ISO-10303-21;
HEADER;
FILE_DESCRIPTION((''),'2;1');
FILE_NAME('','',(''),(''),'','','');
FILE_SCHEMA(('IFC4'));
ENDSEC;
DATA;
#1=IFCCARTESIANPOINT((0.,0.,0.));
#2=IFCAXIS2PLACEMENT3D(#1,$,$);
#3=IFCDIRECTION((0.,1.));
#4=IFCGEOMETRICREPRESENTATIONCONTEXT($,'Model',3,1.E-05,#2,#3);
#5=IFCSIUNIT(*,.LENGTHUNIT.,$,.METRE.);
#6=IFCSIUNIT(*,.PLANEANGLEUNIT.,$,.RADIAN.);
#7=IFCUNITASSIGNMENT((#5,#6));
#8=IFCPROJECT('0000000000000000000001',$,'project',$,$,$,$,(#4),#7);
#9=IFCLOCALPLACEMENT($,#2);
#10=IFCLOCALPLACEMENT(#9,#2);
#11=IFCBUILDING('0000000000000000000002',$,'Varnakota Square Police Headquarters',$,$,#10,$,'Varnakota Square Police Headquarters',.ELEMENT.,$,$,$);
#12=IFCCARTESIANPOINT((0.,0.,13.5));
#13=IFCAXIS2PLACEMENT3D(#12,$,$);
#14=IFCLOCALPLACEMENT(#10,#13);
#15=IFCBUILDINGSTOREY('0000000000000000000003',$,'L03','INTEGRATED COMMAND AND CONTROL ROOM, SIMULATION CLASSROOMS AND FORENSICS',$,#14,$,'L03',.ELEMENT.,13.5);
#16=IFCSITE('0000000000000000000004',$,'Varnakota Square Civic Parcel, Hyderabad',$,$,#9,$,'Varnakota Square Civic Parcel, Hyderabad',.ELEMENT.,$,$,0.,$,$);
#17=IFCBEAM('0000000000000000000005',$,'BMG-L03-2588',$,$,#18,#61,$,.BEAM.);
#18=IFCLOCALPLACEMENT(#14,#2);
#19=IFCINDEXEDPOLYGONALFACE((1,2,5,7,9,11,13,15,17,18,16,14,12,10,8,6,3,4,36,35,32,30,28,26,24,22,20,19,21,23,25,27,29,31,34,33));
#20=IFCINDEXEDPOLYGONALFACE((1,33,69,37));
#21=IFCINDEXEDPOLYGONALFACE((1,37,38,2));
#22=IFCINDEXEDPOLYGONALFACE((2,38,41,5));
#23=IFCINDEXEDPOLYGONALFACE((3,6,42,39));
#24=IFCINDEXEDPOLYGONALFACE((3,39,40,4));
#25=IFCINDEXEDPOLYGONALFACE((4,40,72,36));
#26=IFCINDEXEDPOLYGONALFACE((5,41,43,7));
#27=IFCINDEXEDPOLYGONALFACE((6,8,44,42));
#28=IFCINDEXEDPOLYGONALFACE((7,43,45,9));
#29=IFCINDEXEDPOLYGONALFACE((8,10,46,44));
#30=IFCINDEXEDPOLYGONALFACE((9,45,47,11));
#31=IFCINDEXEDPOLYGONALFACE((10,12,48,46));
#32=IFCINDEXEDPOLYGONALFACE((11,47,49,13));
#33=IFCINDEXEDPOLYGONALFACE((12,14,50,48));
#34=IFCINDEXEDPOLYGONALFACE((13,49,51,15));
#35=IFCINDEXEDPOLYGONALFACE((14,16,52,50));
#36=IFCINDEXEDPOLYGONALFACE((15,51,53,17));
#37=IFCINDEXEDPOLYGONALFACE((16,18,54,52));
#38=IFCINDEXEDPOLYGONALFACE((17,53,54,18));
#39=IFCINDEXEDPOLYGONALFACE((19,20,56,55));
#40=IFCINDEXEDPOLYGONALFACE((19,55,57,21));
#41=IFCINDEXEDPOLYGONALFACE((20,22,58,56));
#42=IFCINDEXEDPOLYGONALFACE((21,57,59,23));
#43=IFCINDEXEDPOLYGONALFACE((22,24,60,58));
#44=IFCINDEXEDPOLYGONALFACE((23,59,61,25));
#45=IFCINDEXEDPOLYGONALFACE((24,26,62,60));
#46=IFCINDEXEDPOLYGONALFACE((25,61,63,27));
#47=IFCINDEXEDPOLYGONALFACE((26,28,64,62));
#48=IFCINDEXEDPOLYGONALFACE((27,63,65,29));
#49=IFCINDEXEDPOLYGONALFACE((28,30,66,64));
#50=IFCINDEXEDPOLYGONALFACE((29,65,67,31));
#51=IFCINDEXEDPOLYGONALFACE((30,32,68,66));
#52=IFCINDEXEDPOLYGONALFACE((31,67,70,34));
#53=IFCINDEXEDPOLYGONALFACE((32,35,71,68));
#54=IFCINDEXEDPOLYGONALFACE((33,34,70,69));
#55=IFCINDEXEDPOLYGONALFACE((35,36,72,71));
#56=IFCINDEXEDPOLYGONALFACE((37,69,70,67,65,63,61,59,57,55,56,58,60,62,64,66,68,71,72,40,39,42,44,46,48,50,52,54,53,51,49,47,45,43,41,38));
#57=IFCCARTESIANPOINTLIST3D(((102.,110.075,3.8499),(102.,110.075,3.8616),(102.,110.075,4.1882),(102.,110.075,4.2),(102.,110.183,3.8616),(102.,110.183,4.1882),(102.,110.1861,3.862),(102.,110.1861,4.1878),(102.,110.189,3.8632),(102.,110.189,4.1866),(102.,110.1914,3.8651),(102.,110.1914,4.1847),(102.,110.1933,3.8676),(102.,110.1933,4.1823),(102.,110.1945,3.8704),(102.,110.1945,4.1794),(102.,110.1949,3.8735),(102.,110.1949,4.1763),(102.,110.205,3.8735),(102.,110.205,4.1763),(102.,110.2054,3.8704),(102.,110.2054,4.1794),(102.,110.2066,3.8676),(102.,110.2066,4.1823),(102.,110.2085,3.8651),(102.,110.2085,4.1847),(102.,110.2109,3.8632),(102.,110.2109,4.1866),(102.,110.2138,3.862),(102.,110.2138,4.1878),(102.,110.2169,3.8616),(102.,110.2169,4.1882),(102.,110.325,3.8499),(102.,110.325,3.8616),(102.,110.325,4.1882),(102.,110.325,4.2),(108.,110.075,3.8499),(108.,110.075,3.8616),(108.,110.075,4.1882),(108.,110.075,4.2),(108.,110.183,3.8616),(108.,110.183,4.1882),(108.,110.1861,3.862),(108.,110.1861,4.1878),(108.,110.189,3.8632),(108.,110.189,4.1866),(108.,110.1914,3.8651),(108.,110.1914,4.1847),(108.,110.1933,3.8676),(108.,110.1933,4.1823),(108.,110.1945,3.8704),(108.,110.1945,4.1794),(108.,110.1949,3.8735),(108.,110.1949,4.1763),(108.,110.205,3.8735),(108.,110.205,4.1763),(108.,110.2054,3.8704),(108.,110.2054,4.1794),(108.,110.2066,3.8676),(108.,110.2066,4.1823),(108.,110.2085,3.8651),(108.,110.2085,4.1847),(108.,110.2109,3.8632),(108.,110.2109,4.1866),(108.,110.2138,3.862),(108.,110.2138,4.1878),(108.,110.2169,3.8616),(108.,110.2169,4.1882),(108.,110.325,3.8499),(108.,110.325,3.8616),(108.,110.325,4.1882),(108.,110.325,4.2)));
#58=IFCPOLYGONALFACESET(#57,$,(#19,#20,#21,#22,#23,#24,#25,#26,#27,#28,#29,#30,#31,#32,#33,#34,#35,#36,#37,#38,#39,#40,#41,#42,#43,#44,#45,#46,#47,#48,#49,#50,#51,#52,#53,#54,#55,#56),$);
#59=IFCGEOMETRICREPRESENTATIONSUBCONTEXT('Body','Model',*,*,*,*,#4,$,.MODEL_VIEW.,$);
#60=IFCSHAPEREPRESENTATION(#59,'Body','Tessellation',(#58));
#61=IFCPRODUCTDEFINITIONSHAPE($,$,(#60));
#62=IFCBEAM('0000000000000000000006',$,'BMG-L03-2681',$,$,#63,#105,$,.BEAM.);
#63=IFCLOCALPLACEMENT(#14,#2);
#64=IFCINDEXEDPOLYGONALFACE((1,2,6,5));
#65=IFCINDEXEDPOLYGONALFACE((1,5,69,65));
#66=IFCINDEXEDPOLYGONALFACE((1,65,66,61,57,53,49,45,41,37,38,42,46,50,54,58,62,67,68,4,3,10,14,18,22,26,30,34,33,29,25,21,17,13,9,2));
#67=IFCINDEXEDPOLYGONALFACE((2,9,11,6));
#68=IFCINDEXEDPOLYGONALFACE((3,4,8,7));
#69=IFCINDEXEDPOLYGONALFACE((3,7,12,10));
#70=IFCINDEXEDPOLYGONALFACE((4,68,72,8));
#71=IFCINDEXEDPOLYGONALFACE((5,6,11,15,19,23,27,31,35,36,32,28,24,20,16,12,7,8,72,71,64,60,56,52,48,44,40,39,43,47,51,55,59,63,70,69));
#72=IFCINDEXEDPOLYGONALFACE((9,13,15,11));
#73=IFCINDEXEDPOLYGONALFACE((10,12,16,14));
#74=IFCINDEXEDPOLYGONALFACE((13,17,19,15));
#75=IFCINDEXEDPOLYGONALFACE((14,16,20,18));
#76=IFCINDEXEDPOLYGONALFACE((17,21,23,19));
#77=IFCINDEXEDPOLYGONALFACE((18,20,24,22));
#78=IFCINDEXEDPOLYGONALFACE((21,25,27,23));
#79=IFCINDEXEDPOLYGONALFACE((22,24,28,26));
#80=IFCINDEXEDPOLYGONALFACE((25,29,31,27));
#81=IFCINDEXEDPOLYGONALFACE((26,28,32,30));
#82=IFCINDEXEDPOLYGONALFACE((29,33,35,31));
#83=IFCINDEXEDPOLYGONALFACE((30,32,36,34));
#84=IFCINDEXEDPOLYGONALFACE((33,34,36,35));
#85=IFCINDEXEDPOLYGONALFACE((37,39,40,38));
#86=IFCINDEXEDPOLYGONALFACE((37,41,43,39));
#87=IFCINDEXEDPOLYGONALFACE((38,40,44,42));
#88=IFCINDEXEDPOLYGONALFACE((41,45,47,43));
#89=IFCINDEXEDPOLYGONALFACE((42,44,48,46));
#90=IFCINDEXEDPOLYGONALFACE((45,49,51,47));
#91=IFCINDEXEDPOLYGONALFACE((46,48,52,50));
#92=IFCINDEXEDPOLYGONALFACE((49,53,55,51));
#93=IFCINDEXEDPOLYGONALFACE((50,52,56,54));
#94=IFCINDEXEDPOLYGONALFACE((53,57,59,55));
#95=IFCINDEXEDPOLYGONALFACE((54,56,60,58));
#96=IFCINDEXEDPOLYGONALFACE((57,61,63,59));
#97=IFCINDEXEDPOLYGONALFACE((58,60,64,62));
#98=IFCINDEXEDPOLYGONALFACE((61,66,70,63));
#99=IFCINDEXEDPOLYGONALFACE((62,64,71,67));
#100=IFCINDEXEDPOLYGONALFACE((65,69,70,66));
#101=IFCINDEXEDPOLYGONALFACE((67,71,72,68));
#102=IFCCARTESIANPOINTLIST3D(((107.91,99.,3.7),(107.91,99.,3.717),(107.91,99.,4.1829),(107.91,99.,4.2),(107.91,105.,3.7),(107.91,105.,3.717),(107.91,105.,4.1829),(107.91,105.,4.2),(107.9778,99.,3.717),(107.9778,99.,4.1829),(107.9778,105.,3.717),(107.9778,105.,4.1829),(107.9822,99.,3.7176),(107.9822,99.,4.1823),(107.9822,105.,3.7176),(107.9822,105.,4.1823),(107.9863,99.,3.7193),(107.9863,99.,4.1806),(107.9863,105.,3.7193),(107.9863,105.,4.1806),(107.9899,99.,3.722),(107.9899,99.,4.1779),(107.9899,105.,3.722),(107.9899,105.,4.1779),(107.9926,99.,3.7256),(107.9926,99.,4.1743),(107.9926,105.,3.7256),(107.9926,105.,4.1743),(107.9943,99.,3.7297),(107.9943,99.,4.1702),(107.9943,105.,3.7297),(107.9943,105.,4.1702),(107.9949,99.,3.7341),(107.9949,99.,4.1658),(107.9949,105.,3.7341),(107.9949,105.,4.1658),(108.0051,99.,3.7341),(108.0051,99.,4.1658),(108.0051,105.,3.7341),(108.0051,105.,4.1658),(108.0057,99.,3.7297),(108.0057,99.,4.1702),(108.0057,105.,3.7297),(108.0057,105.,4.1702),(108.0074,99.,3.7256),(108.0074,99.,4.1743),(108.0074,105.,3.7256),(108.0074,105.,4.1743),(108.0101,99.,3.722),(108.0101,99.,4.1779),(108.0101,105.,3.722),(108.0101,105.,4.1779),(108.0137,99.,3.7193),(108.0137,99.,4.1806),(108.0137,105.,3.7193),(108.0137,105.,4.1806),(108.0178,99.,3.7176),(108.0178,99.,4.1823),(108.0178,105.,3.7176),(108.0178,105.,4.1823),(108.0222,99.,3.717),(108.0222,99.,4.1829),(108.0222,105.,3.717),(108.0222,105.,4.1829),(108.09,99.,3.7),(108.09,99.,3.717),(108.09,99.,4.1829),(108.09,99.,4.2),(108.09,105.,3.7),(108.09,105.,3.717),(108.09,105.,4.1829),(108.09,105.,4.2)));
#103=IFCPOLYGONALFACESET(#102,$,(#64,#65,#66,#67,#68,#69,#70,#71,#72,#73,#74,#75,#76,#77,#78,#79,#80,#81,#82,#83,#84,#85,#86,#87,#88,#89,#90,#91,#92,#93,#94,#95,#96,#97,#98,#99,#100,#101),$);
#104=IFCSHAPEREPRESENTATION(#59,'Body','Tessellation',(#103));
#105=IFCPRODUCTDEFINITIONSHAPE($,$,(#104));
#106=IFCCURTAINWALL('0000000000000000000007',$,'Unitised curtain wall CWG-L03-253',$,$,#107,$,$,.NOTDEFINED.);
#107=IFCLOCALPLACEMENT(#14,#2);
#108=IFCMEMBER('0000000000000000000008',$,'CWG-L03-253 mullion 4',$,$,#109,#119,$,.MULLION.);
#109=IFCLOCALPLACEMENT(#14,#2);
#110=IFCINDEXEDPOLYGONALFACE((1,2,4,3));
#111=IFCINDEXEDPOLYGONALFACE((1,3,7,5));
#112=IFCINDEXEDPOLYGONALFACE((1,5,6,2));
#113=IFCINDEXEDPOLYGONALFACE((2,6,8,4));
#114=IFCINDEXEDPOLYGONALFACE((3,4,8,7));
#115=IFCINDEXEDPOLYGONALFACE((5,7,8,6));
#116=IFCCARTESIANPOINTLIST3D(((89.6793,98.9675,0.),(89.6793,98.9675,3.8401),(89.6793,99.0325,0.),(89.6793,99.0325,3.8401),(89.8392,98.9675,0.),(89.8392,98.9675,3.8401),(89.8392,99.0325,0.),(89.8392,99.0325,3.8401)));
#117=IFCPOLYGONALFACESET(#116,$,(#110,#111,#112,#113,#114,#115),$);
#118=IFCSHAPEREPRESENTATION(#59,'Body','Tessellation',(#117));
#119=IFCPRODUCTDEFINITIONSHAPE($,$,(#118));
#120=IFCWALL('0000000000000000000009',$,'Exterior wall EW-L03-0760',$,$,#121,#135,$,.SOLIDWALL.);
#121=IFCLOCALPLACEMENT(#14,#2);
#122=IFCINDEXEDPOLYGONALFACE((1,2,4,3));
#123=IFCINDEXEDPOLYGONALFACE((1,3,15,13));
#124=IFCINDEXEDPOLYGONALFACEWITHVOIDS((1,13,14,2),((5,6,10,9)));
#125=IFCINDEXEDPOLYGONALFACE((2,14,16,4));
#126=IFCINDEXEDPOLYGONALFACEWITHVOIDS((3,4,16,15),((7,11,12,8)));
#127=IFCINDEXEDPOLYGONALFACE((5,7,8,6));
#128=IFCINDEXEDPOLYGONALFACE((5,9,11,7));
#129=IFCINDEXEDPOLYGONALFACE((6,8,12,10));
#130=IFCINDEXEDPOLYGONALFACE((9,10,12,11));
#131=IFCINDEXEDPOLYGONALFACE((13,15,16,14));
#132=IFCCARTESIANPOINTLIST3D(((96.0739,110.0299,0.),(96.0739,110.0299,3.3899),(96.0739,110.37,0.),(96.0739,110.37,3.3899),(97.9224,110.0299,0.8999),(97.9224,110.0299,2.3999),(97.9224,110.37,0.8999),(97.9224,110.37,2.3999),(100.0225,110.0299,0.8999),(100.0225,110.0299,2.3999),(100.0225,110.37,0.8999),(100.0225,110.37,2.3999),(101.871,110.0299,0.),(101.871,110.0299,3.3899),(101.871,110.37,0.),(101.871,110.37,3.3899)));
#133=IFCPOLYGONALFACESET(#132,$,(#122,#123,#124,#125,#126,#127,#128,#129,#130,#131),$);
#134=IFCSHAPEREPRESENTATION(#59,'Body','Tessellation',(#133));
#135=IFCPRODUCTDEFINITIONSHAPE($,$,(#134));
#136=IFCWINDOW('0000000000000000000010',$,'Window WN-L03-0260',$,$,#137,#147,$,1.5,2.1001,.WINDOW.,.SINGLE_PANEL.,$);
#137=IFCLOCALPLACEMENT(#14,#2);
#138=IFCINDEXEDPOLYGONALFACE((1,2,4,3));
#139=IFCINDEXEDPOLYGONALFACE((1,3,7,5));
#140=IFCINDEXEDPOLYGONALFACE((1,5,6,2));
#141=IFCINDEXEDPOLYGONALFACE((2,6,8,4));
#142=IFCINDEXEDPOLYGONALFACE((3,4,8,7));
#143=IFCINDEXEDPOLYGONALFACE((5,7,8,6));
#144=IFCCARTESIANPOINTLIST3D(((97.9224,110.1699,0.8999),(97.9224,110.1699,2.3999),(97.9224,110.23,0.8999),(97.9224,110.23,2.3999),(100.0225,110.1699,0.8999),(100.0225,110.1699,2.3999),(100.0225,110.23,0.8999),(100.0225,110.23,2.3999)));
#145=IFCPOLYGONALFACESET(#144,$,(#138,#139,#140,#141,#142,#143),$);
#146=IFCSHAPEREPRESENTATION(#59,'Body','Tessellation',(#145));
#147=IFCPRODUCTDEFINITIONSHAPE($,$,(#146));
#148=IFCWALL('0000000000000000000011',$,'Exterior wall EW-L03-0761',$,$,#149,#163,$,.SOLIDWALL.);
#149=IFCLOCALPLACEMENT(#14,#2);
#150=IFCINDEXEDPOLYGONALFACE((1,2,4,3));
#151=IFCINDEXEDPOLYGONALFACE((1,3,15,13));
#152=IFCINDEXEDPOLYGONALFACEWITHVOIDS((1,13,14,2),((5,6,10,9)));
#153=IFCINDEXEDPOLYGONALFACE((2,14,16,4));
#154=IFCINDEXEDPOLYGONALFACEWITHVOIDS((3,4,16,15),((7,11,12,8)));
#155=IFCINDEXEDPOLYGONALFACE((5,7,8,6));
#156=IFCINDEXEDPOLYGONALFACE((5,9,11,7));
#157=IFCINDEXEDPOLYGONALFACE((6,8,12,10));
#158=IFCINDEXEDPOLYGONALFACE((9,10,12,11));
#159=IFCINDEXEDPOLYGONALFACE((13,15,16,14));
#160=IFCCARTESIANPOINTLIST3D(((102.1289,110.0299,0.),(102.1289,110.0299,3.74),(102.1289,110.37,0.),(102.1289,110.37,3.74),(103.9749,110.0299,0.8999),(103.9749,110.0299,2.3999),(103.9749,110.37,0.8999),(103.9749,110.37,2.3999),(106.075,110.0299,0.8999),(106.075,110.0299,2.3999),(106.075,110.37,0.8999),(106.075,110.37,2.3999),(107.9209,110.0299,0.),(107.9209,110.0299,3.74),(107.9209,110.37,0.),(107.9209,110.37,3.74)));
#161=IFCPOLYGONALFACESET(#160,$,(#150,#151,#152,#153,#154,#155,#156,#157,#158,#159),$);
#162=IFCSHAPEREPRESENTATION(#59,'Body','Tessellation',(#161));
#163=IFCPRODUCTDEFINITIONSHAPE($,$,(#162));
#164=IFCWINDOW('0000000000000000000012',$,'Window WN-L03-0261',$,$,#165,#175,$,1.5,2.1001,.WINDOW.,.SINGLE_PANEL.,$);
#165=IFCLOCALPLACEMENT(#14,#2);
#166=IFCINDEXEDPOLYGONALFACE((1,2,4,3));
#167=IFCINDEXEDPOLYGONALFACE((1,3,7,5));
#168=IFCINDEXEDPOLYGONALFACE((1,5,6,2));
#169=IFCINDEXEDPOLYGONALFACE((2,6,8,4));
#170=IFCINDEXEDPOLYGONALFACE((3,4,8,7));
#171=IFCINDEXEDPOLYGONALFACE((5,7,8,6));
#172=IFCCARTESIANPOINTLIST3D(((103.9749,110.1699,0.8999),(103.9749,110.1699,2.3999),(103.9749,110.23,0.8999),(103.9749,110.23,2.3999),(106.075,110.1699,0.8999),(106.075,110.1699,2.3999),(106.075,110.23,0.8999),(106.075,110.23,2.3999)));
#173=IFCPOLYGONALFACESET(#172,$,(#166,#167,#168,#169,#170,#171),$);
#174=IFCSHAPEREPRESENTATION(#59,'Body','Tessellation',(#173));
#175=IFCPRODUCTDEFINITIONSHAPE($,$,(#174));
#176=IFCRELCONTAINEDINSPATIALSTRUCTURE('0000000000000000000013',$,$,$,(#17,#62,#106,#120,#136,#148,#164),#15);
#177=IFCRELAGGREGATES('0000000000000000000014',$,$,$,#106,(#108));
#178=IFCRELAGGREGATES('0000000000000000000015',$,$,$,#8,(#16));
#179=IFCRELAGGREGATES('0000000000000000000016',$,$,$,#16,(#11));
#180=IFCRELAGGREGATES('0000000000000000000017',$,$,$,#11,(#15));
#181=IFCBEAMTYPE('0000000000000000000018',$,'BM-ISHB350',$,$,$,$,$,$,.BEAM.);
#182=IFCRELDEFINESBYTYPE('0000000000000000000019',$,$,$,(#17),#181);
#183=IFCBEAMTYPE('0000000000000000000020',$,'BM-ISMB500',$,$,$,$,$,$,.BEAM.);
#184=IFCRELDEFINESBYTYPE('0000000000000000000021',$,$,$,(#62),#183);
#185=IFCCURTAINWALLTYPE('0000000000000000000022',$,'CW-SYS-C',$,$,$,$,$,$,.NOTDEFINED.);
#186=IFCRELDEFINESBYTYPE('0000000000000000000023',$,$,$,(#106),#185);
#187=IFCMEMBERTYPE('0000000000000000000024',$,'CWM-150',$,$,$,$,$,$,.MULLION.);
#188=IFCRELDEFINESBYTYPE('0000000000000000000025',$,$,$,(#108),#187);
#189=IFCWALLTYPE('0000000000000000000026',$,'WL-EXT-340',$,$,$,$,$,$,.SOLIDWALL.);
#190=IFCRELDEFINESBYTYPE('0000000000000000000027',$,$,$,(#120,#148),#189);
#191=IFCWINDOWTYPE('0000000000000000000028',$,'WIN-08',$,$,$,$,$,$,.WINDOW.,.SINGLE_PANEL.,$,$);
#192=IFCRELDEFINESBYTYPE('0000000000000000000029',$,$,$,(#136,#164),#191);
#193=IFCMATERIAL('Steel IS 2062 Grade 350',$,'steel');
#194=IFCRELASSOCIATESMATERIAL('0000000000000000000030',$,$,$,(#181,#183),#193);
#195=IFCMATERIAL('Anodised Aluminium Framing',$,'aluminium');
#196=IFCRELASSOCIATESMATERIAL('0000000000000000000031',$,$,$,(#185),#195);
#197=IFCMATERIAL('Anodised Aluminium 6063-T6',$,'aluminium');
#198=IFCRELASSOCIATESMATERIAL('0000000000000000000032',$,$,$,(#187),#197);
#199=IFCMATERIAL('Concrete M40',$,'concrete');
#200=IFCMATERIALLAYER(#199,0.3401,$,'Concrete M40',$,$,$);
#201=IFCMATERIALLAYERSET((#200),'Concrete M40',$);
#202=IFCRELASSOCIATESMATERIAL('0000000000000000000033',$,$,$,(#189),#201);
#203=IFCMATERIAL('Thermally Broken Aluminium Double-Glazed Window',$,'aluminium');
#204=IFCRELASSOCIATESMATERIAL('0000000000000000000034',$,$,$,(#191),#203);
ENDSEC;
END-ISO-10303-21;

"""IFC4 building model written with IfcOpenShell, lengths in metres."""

from ifc_helpers import new_model, si_unit, direction, frame, frame_2d, origin, origin_2d, place, context, subcontext, project, spatial, rectangle, i_section, extrude, material, layer, layer_set, material_profile, profile_set, type_object, element, fill, aggregate, save


model = new_model("IFC4")

# Units and contexts
model_context = context("Model", 3, precision=1e-05, world=origin(), true_north=direction((0.0, 1.0)))
body_context = subcontext(model_context, "Body", "Model", "MODEL_VIEW")
ifc_project = project(units=[si_unit("LENGTHUNIT", "METRE"), si_unit("PLANEANGLEUNIT", "RADIAN")], contexts=[model_context])

# Site, building, storey
site_placement = place(None, origin())
site = spatial("IfcSite", under=ifc_project, at=site_placement, Name="Varnakota Square Civic Parcel, Hyderabad", LongName="Varnakota Square Civic Parcel, Hyderabad", CompositionType="ELEMENT", RefElevation=0.0)
building_placement = place(site_placement, origin())
building = spatial("IfcBuilding", under=site, at=building_placement, Name="Varnakota Square Police Headquarters", LongName="Varnakota Square Police Headquarters", CompositionType="ELEMENT")
storey_placement = place(building_placement, frame((0.0, 0.0, 13.5)))
storey = spatial("IfcBuildingStorey", under=building, at=storey_placement, Name="L03", Description="INTEGRATED COMMAND AND CONTROL ROOM, SIMULATION CLASSROOMS AND FORENSICS", LongName="L03", CompositionType="ELEMENT", Elevation=13.5)

# Shared definitions
ifc_material_1 = material(Name="Steel IS 2062 Grade 350", Category="steel")

# Beams
ifc_material_profile_1 = material_profile(ifc_material_1, i_section(OverallWidth=0.25, OverallDepth=0.3501, WebThickness=0.01, FlangeThickness=0.0117, FilletRadius=0.012, at=origin_2d()), Name="ISHB 350")
ifc_profile_set_1 = profile_set([ifc_material_profile_1], Name="Steel IS 2062 Grade 350")
beam_type_1 = type_object("IfcBeamType", Name="BM-ISHB350", PredefinedType="BEAM", material=ifc_profile_set_1)
beam_1_placement = place(storey_placement, frame((102.0, 110.2, 4.0249), z_axis=(1.0, 0.0, 0.0), x_axis=(0.0, 1.0, 0.0)))
element("IfcBeam", 1, at=beam_1_placement, inside=storey, type_object=beam_type_1, Name="BMG-L03-2588", PredefinedType="BEAM", context=body_context, shape_type="SweptSolid", body=[
    extrude(i_section(OverallWidth=0.25, OverallDepth=0.3501, WebThickness=0.01, FlangeThickness=0.0117, FilletRadius=0.012, at=origin_2d()), origin(), (0.0, 0.0, 1.0), 6.0),
])
ifc_material_profile_2 = material_profile(ifc_material_1, i_section(OverallWidth=0.1799, OverallDepth=0.5, WebThickness=0.0103, FlangeThickness=0.0171, FilletRadius=0.0171, at=origin_2d()), Name="ISMB 500")
ifc_profile_set_2 = profile_set([ifc_material_profile_2], Name="Steel IS 2062 Grade 350")
beam_type_2 = type_object("IfcBeamType", Name="BM-ISMB500", PredefinedType="BEAM", material=ifc_profile_set_2)
beam_2_placement = place(storey_placement, frame((108.0, 99.0, 3.95), z_axis=(0.0, 1.0, 0.0), x_axis=(-1.0, 0.0, 0.0)))
element("IfcBeam", 2, at=beam_2_placement, inside=storey, type_object=beam_type_2, Name="BMG-L03-2681", PredefinedType="BEAM", context=body_context, shape_type="SweptSolid", body=[
    extrude(i_section(OverallWidth=0.1799, OverallDepth=0.5, WebThickness=0.0103, FlangeThickness=0.0171, FilletRadius=0.0171, at=origin_2d()), origin(), (0.0, 0.0, 1.0), 6.0),
])

# Curtain wall, member
ifc_material_2 = material(Name="Anodised Aluminium Framing", Category="aluminium")
curtain_wall_type = type_object("IfcCurtainWallType", Name="CW-SYS-C", PredefinedType="NOTDEFINED", material=ifc_material_2)
curtain_wall_placement = place(storey_placement, origin())
curtain_wall = element("IfcCurtainWall", 3, at=curtain_wall_placement, inside=storey, type_object=curtain_wall_type, Name="Unitised curtain wall CWG-L03-253", PredefinedType="NOTDEFINED")
ifc_material_3 = material(Name="Anodised Aluminium 6063-T6", Category="aluminium")
ifc_material_profile_3 = material_profile(ifc_material_3, rectangle(XDim=0.0649, YDim=0.1599, at=origin_2d()), Name="ALU MULLION 65x160")
ifc_profile_set_3 = profile_set([ifc_material_profile_3], Name="Anodised Aluminium 6063-T6")
member_type = type_object("IfcMemberType", Name="CWM-150", PredefinedType="MULLION", material=ifc_profile_set_3)
member_placement = place(storey_placement, frame((89.7593, 99.0, 0.0), z_axis=(0.0, 0.0, 1.0), x_axis=(0.0, 1.0, 0.0)))
member = element("IfcMember", 4, at=member_placement, type_object=member_type, Name="CWG-L03-253 mullion 4", PredefinedType="MULLION", context=body_context, shape_type="SweptSolid", body=[
    extrude(rectangle(XDim=0.0649, YDim=0.1599, at=origin_2d()), origin(), (0.0, 0.0, 1.0), 3.8401),
])
aggregate(curtain_wall, [member])

# Walls, openings, windows
ifc_material_4 = material(Name="Concrete M40", Category="concrete")
ifc_layer = layer(ifc_material_4, 0.3401, Name="Concrete M40")
ifc_layer_set = layer_set([ifc_layer], Name="Concrete M40")
wall_type = type_object("IfcWallType", Name="WL-EXT-340", PredefinedType="SOLIDWALL", material=ifc_layer_set)
wall_1_placement = place(storey_placement, frame((96.074, 110.2, 0.0), z_axis=(0.0, 0.0, 1.0), x_axis=(1.0, 0.0, 0.0)))
wall_1 = element("IfcWall", 5, at=wall_1_placement, inside=storey, type_object=wall_type, Name="Exterior wall EW-L03-0760", PredefinedType="SOLIDWALL", context=body_context, shape_type="SweptSolid", body=[
    extrude(rectangle(XDim=5.7971, YDim=0.3401, at=frame_2d((2.8984, 0.0))), origin(), (0.0, 0.0, 1.0), 3.3899),
])
opening_1_placement = place(wall_1_placement, frame((1.8484, 0.0, 0.8999)))
opening_1 = element("IfcOpeningElement", 6, at=opening_1_placement, cuts=wall_1, PredefinedType="OPENING", context=body_context, shape_type="SweptSolid", body=[
    extrude(rectangle(XDim=2.1001, YDim=1.5, at=frame_2d((1.05, 0.75))), frame((0.0, 0.1799, 0.0), z_axis=(0.0, -1.0, 0.0), x_axis=(1.0, 0.0, 0.0)), (0.0, 0.0, 1.0), 0.3601),
])
ifc_material_5 = material(Name="Thermally Broken Aluminium Double-Glazed Window", Category="aluminium")
window_type = type_object("IfcWindowType", Name="WIN-08", PartitioningType="SINGLE_PANEL", PredefinedType="WINDOW", material=ifc_material_5)
window_1_placement = place(opening_1_placement, origin())
window_1 = element("IfcWindow", 7, at=window_1_placement, inside=storey, type_object=window_type, Name="Window WN-L03-0260", OverallHeight=1.5, OverallWidth=2.1001, PartitioningType="SINGLE_PANEL", PredefinedType="WINDOW", context=body_context, shape_type="SweptSolid", body=[
    extrude(rectangle(XDim=2.1001, YDim=1.5, at=frame_2d((1.05, 0.75))), frame((0.0, 0.03, 0.0), z_axis=(0.0, -1.0, 0.0), x_axis=(1.0, 0.0, 0.0)), (0.0, 0.0, 1.0), 0.0601),
])
fill(opening_1, window_1)
wall_2_placement = place(storey_placement, frame((102.1289, 110.2, 0.0), z_axis=(0.0, 0.0, 1.0), x_axis=(1.0, 0.0, 0.0)))
wall_2 = element("IfcWall", 8, at=wall_2_placement, inside=storey, type_object=wall_type, Name="Exterior wall EW-L03-0761", PredefinedType="SOLIDWALL", context=body_context, shape_type="SweptSolid", body=[
    extrude(rectangle(XDim=5.792, YDim=0.3401, at=frame_2d((2.896, 0.0))), origin(), (0.0, 0.0, 1.0), 3.74),
])
opening_2_placement = place(wall_2_placement, frame((1.8459, 0.0, 0.8999)))
opening_2 = element("IfcOpeningElement", 9, at=opening_2_placement, cuts=wall_2, PredefinedType="OPENING", context=body_context, shape_type="SweptSolid", body=[
    extrude(rectangle(XDim=2.1001, YDim=1.5, at=frame_2d((1.05, 0.75))), frame((0.0, 0.1799, 0.0), z_axis=(0.0, -1.0, 0.0), x_axis=(1.0, 0.0, 0.0)), (0.0, 0.0, 1.0), 0.3601),
])
window_2_placement = place(opening_2_placement, origin())
window_2 = element("IfcWindow", 10, at=window_2_placement, inside=storey, type_object=window_type, Name="Window WN-L03-0261", OverallHeight=1.5, OverallWidth=2.1001, PartitioningType="SINGLE_PANEL", PredefinedType="WINDOW", context=body_context, shape_type="SweptSolid", body=[
    extrude(rectangle(XDim=2.1001, YDim=1.5, at=frame_2d((1.05, 0.75))), frame((0.0, 0.03, 0.0), z_axis=(0.0, -1.0, 0.0), x_axis=(1.0, 0.0, 0.0)), (0.0, 0.0, 1.0), 0.0601),
])
fill(opening_2, window_2)

save(model, "model.ifc")
